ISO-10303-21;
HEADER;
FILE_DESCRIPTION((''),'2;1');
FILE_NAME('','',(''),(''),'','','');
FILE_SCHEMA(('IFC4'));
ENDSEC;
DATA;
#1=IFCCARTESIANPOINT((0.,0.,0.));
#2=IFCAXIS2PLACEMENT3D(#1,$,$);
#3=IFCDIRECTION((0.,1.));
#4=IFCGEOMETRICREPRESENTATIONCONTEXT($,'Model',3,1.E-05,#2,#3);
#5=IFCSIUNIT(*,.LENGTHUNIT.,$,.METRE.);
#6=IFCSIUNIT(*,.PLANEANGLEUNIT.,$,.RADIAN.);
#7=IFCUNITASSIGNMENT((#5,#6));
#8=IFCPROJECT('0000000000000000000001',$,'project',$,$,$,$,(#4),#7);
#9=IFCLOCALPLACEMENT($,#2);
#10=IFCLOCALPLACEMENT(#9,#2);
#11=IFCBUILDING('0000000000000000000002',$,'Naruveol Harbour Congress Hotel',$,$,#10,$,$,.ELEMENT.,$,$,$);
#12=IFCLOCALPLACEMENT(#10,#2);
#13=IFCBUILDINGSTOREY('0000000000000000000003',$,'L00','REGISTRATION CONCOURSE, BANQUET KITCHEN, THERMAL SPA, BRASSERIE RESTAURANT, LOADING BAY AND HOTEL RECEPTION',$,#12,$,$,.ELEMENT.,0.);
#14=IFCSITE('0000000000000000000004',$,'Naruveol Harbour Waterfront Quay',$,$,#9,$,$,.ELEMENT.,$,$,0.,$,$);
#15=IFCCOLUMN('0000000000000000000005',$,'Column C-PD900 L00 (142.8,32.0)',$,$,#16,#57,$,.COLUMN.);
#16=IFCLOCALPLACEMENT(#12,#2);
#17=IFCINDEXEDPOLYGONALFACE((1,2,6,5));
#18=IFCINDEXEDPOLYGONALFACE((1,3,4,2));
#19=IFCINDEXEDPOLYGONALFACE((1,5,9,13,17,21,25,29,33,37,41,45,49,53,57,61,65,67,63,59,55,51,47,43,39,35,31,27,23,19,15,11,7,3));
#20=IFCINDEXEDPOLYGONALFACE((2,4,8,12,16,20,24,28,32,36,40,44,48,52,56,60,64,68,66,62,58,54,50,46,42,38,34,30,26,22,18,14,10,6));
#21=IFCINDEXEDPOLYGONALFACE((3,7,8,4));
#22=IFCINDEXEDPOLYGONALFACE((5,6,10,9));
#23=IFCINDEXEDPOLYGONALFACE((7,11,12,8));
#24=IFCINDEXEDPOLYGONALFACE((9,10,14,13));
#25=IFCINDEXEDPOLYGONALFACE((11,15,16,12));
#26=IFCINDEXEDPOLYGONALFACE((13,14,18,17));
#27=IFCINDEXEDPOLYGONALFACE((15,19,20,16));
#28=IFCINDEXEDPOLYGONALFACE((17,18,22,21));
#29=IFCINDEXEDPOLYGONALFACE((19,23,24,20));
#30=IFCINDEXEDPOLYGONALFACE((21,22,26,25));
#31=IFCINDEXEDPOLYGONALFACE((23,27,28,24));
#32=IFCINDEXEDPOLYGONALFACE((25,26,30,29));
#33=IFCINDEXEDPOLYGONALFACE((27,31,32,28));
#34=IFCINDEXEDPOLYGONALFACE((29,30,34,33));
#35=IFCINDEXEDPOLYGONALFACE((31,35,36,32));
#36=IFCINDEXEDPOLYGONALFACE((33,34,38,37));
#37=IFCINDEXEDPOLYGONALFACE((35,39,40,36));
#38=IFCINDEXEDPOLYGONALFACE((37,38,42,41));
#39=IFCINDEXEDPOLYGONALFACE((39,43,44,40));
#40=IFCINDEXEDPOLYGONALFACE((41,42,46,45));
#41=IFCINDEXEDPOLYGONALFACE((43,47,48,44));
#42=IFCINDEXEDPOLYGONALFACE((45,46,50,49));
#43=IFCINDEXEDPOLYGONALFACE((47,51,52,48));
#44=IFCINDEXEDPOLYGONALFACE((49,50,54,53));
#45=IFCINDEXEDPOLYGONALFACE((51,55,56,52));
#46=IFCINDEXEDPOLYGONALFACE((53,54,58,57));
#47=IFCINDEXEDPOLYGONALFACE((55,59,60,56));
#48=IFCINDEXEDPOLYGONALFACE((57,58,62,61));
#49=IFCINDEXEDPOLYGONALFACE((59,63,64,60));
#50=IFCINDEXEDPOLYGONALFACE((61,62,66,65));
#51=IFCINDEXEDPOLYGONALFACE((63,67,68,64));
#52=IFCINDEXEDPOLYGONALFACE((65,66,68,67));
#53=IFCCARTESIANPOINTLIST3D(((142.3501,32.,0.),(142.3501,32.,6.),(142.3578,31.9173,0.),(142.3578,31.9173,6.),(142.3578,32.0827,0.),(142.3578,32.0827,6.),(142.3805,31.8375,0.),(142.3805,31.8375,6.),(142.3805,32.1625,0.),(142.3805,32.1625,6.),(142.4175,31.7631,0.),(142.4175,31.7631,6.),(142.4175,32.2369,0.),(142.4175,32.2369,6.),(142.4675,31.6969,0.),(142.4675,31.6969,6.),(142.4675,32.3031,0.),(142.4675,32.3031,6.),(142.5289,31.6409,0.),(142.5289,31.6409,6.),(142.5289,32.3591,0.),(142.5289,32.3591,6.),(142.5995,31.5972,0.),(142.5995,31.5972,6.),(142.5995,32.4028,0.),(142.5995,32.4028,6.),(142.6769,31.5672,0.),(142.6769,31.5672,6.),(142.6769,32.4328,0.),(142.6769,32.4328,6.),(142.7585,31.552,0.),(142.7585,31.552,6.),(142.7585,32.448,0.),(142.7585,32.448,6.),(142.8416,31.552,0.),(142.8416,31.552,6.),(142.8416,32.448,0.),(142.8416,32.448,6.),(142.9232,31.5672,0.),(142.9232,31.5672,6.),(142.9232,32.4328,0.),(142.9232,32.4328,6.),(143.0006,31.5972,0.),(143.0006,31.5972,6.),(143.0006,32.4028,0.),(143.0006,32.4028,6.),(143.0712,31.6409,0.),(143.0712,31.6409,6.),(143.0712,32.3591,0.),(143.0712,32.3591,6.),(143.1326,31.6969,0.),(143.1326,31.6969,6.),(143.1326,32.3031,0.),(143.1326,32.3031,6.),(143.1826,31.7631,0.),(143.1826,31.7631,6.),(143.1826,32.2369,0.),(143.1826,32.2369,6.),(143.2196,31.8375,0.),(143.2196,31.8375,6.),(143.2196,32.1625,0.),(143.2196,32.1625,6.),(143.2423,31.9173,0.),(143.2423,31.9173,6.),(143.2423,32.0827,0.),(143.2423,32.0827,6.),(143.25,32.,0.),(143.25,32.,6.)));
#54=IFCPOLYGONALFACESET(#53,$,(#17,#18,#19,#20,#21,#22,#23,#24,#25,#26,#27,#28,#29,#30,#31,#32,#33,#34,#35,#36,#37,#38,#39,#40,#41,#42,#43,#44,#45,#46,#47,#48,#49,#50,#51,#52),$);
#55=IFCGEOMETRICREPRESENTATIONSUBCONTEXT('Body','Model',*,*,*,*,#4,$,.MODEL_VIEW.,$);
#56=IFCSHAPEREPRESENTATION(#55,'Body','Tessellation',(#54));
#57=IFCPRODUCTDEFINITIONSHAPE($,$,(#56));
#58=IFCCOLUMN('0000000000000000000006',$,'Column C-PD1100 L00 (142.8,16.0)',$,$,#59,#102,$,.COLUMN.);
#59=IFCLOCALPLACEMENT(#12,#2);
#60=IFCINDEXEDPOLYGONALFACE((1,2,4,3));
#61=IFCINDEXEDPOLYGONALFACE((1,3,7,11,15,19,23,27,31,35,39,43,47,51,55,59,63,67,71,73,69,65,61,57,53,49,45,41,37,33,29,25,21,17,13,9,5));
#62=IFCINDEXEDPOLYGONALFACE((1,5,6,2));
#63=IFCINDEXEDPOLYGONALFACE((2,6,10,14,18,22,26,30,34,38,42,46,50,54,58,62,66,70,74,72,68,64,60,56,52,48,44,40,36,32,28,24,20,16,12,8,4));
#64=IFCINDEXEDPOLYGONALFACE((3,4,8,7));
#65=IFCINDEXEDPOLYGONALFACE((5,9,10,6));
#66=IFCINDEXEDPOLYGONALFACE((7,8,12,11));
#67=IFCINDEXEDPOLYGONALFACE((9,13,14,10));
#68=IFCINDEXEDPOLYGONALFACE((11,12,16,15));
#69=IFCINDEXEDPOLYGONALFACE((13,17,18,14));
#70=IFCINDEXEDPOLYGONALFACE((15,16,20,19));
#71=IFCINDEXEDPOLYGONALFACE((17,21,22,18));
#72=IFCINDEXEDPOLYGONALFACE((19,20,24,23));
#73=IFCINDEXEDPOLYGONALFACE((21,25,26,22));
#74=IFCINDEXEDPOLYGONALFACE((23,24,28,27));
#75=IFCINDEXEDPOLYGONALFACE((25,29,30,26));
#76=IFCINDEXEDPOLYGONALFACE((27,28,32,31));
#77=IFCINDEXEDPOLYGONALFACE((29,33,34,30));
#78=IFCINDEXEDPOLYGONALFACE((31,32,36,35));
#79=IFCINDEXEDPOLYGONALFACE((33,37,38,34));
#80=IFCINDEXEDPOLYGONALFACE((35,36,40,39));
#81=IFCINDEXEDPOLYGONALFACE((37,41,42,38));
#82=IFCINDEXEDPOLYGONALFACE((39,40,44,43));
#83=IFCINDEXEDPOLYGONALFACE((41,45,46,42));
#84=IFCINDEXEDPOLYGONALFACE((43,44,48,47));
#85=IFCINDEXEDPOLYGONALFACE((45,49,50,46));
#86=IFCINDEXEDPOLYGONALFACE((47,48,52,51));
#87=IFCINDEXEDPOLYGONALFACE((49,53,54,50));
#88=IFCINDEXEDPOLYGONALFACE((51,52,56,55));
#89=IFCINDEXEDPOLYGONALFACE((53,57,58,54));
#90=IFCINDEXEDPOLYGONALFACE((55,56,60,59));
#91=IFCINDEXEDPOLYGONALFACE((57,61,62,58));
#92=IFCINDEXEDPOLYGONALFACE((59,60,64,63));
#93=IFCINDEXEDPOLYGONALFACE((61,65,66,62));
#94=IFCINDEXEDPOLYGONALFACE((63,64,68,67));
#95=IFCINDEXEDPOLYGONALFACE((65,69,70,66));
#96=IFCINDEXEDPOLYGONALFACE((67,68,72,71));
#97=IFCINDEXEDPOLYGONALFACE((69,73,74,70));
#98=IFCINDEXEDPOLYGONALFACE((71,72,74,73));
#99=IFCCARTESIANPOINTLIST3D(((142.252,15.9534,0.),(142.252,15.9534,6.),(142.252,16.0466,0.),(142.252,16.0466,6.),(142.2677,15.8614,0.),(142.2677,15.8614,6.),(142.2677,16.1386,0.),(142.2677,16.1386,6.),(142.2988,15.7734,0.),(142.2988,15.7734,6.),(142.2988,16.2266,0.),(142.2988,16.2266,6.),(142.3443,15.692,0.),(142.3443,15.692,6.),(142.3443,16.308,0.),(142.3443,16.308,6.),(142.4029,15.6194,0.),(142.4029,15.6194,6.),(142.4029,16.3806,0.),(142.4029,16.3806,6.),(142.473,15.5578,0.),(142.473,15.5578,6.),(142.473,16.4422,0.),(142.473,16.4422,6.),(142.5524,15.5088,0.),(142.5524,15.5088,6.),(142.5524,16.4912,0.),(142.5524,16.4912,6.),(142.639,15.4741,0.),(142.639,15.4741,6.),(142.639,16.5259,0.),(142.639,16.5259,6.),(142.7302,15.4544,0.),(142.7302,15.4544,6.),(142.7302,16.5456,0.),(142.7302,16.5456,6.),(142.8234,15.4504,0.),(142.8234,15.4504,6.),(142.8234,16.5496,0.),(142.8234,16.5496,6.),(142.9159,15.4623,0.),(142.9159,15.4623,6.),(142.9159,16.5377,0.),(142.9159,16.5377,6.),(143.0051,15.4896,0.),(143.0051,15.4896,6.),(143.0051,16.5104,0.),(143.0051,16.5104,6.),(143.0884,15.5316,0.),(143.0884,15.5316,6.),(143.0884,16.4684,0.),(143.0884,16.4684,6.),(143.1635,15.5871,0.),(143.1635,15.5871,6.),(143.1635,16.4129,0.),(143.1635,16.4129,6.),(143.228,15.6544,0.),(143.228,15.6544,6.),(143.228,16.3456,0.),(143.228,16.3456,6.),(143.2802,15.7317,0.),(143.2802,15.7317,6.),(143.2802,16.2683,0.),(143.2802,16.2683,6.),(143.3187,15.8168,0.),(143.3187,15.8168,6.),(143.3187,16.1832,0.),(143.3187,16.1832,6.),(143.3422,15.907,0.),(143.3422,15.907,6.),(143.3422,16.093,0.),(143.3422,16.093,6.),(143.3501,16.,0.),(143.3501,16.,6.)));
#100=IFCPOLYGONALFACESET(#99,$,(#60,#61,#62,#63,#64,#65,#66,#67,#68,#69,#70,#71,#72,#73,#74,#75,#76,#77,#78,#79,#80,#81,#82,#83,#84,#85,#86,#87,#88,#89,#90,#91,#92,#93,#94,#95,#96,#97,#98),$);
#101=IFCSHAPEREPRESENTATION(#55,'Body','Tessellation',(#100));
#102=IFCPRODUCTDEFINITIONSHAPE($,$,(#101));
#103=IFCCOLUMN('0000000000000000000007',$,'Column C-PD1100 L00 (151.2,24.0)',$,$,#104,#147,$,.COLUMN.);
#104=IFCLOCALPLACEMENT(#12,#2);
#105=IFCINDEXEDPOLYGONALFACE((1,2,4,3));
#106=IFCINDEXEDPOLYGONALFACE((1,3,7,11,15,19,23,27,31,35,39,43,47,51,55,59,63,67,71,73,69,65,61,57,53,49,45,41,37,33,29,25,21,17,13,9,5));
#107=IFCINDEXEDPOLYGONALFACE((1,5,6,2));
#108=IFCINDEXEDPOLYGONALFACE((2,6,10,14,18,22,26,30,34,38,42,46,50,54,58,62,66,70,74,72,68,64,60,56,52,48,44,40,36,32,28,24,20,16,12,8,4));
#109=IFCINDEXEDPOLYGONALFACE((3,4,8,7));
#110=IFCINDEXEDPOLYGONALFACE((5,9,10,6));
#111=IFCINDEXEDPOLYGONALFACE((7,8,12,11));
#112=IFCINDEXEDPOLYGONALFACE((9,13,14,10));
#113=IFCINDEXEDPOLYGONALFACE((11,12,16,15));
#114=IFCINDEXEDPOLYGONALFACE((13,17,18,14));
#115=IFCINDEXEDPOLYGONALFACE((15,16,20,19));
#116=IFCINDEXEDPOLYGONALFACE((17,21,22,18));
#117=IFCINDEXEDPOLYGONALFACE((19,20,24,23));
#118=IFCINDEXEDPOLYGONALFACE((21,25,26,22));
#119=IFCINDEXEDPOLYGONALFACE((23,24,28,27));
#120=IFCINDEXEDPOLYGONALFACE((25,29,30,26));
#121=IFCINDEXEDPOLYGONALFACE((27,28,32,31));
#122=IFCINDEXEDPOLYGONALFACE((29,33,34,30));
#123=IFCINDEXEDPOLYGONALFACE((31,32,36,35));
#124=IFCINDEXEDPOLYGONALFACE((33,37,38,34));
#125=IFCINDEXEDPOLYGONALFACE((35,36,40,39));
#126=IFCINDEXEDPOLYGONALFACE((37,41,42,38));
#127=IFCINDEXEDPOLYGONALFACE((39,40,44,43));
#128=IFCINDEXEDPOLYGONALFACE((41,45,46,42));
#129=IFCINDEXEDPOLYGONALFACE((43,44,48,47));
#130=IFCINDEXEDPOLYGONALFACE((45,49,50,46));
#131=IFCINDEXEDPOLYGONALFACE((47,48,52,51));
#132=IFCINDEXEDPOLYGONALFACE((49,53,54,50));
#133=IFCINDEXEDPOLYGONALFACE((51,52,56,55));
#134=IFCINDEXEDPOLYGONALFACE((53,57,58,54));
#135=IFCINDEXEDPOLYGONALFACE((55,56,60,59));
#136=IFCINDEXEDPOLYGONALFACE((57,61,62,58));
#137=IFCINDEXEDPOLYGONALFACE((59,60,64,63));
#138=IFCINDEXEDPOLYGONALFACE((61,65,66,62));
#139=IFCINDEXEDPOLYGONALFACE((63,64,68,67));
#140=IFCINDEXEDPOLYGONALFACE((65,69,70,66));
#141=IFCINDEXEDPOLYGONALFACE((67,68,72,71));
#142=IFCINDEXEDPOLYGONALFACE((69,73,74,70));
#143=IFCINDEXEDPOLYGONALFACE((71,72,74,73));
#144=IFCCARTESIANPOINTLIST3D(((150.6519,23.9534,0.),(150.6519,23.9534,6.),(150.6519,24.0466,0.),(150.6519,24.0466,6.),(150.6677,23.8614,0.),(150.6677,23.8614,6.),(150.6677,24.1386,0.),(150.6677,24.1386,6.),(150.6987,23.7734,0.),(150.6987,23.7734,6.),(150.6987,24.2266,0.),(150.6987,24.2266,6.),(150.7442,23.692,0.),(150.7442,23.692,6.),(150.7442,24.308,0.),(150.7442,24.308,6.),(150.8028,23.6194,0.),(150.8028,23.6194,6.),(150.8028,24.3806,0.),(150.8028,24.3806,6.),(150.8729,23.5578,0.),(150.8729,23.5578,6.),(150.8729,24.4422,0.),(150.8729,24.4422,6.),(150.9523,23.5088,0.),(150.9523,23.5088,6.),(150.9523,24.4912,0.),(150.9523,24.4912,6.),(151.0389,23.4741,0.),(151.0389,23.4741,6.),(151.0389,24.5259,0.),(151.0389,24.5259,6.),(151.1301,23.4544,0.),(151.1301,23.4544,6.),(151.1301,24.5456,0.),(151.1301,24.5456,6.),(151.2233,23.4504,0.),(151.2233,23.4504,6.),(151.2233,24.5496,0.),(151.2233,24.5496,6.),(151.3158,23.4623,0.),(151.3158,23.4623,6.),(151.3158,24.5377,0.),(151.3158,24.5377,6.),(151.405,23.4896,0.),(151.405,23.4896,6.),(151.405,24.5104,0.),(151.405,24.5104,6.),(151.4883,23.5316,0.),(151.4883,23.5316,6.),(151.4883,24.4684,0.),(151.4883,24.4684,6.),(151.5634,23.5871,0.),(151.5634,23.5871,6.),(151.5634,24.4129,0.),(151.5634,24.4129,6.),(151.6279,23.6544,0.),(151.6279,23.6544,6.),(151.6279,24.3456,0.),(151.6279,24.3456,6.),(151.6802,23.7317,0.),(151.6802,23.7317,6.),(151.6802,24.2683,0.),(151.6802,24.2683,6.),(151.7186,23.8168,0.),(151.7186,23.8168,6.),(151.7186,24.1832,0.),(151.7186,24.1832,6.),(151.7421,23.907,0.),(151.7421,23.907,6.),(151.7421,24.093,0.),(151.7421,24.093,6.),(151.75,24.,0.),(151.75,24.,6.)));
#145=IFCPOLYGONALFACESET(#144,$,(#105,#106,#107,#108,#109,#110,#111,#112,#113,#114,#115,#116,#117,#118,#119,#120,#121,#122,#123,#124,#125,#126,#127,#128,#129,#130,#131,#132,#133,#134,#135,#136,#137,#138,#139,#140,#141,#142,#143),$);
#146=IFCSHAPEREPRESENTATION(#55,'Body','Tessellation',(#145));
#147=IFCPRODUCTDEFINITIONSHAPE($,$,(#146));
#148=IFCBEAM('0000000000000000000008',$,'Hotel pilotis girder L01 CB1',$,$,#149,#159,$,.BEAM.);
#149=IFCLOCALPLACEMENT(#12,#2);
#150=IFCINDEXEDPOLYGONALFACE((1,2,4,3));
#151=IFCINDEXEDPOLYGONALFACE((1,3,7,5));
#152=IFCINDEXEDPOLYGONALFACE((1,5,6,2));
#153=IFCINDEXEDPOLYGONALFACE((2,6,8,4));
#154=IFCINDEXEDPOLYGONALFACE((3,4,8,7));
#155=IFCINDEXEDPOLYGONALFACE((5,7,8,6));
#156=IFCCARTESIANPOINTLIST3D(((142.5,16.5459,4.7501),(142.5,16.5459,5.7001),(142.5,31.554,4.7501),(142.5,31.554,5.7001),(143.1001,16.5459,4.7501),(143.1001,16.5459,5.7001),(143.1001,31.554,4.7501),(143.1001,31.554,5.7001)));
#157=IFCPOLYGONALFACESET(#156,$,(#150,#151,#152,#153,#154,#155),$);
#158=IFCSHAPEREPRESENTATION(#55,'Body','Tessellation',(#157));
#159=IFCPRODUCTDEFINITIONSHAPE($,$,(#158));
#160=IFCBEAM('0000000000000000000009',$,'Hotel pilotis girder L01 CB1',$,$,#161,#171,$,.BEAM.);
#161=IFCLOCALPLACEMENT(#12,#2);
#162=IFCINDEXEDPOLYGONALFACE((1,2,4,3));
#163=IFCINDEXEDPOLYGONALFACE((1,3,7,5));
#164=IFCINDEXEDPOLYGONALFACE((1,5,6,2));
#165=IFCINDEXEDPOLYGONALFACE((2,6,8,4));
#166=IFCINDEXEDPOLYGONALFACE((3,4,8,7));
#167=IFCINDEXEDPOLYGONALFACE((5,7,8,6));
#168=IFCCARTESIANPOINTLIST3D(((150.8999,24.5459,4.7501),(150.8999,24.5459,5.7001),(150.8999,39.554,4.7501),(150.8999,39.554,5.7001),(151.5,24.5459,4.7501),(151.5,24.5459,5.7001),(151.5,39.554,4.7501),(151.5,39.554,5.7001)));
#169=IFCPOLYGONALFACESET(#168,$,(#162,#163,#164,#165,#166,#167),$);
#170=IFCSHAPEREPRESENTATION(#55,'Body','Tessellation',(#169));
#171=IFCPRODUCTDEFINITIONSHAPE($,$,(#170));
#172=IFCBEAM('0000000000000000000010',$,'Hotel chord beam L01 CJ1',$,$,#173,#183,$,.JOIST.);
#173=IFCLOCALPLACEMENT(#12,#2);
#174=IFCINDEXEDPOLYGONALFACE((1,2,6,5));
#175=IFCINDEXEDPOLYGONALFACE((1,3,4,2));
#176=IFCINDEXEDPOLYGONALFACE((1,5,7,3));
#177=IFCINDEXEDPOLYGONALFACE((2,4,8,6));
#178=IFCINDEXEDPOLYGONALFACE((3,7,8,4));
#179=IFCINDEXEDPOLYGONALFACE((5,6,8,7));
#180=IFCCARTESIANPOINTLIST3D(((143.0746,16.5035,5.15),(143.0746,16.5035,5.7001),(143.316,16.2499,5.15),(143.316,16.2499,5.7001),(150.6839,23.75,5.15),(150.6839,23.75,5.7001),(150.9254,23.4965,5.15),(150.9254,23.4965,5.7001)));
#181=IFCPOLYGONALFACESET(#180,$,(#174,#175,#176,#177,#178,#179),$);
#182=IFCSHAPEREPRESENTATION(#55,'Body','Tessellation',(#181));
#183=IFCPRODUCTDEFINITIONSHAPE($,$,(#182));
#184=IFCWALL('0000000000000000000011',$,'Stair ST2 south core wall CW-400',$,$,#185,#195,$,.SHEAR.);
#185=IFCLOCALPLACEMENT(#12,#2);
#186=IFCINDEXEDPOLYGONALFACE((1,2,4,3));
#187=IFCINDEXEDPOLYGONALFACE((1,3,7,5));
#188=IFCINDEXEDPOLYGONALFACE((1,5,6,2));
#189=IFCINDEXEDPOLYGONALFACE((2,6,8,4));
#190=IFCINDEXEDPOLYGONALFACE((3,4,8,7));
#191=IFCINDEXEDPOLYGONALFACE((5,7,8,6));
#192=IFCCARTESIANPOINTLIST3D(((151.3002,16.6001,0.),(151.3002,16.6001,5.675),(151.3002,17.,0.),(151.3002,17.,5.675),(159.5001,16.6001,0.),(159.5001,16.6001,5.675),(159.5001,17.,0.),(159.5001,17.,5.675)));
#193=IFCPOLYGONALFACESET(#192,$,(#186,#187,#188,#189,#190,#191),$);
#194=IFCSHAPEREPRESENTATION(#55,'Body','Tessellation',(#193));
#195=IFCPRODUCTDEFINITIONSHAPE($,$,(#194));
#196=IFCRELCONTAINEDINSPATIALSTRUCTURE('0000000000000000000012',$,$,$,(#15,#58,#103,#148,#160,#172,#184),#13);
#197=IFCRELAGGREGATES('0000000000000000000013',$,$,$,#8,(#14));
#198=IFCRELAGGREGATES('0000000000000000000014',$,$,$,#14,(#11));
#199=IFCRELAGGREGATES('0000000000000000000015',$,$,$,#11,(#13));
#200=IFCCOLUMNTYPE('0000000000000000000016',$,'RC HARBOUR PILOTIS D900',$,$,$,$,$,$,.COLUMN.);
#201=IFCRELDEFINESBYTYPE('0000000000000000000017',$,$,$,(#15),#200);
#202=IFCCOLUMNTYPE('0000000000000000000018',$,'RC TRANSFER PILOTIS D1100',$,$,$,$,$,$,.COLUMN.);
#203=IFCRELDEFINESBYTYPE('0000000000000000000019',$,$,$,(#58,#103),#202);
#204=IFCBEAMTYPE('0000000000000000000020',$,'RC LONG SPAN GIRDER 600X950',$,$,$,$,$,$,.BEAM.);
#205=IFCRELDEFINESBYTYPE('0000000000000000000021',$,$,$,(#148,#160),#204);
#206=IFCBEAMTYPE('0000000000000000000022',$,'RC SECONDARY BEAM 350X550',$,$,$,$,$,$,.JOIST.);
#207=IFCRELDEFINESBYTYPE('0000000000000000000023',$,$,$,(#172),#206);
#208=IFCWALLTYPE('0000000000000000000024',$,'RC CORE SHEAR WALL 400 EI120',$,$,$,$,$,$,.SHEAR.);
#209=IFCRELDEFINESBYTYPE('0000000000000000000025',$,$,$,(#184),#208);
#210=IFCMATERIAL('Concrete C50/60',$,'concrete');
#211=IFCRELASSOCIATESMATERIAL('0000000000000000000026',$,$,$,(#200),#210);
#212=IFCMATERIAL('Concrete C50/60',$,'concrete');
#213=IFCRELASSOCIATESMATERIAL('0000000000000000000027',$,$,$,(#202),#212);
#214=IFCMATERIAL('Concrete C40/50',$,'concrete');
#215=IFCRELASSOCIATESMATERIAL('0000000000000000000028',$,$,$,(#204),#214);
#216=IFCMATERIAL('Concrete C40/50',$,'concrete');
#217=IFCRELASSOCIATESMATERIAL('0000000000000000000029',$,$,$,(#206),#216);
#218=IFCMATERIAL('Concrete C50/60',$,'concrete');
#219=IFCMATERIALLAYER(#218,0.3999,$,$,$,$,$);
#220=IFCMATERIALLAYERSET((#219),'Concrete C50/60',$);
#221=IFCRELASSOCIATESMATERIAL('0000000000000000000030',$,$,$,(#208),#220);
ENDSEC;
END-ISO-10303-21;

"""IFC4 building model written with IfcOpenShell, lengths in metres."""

from ifc_helpers import new_model, si_unit, direction, frame, frame_2d, origin, origin_2d, place, context, subcontext, project, spatial, rectangle, circle, extrude, material, layer, layer_set, material_profile, profile_set, type_object, element, save


model = new_model("IFC4")

# Units and contexts
model_context = context("Model", 3, precision=1e-05, world=origin(), true_north=direction((0.0, 1.0)))
body_context = subcontext(model_context, "Body", "Model", "MODEL_VIEW")
ifc_project = project(units=[si_unit("LENGTHUNIT", "METRE"), si_unit("PLANEANGLEUNIT", "RADIAN")], contexts=[model_context])

# Site, building, storey
site_placement = place(None, origin())
site = spatial("IfcSite", under=ifc_project, at=site_placement, Name="Naruveol Harbour Waterfront Quay", CompositionType="ELEMENT", RefElevation=0.0)
building_placement = place(site_placement, origin())
building = spatial("IfcBuilding", under=site, at=building_placement, Name="Naruveol Harbour Congress Hotel", CompositionType="ELEMENT")
storey_placement = place(building_placement, origin())
storey = spatial("IfcBuildingStorey", under=building, at=storey_placement, Name="L00", Description="REGISTRATION CONCOURSE, BANQUET KITCHEN, THERMAL SPA, BRASSERIE RESTAURANT, LOADING BAY AND HOTEL RECEPTION", CompositionType="ELEMENT", Elevation=0.0)

# Columns
ifc_material_1 = material(Name="Concrete C50/60", Category="concrete")
ifc_material_profile_1 = material_profile(ifc_material_1, circle(Radius=0.45, at=origin_2d()), Name="RC-D900")
ifc_profile_set_1 = profile_set([ifc_material_profile_1], Name="Concrete C50/60")
column_type_1 = type_object("IfcColumnType", Name="RC HARBOUR PILOTIS D900", PredefinedType="COLUMN", material=ifc_profile_set_1)
column_placement = place(storey_placement, frame((142.8, 32.0, 0.0), z_axis=(0.0, 0.0, 1.0), x_axis=(1.0, 0.0, 0.0)))
element("IfcColumn", 1, at=column_placement, inside=storey, type_object=column_type_1, Name="Column C-PD900 L00 (142.8,32.0)", PredefinedType="COLUMN", context=body_context, shape_type="SweptSolid", body=[
    extrude(circle(Radius=0.45, at=origin_2d()), origin(), (0.0, 0.0, 1.0), 6.0),
])
ifc_material_2 = material(Name="Concrete C50/60", Category="concrete")
ifc_material_profile_2 = material_profile(ifc_material_2, circle(Radius=0.55, at=origin_2d()), Name="RC-D1100")
ifc_profile_set_2 = profile_set([ifc_material_profile_2], Name="Concrete C50/60")
column_type_2 = type_object("IfcColumnType", Name="RC TRANSFER PILOTIS D1100", PredefinedType="COLUMN", material=ifc_profile_set_2)
for number, where, z_axis, x_axis, name in (
    (2, (142.8, 16.0, 0.0), (0.0, 0.0, 1.0), (1.0, 0.0, 0.0), "Column C-PD1100 L00 (142.8,16.0)"),
    (3, (151.2, 24.0, 0.0), (0.0, 0.0, 1.0), (1.0, 0.0, 0.0), "Column C-PD1100 L00 (151.2,24.0)"),
):
    element("IfcColumn", number, at=place(storey_placement, frame(where, z_axis=z_axis, x_axis=x_axis)), inside=storey, type_object=column_type_2, Name=name, PredefinedType="COLUMN", context=body_context, shape_type="SweptSolid", body=[
        extrude(circle(Radius=0.55, at=origin_2d()), origin(), (0.0, 0.0, 1.0), 6.0),
    ])

# Beams
ifc_material_3 = material(Name="Concrete C40/50", Category="concrete")
ifc_material_profile_3 = material_profile(ifc_material_3, rectangle(XDim=0.6001, YDim=0.95, at=origin_2d()), Name="RCB-600x950")
ifc_profile_set_3 = profile_set([ifc_material_profile_3], Name="Concrete C40/50")
beam_type_1 = type_object("IfcBeamType", Name="RC LONG SPAN GIRDER 600X950", PredefinedType="BEAM", material=ifc_profile_set_3)
for number, where, z_axis, x_axis, name in (
    (4, (142.8, 16.5459, 5.2251), (0.0, 1.0, 0.0), (-1.0, 0.0, 0.0), "Hotel pilotis girder L01 CB1"),
    (5, (151.2, 24.5459, 5.2251), (0.0, 1.0, 0.0), (-1.0, 0.0, 0.0), "Hotel pilotis girder L01 CB1"),
):
    element("IfcBeam", number, at=place(storey_placement, frame(where, z_axis=z_axis, x_axis=x_axis)), inside=storey, type_object=beam_type_1, Name=name, PredefinedType="BEAM", context=body_context, shape_type="SweptSolid", body=[
        extrude(rectangle(XDim=0.6001, YDim=0.95, at=origin_2d()), origin(), (0.0, 0.0, 1.0), 15.0081),
    ])
ifc_material_4 = material(Name="Concrete C40/50", Category="concrete")
ifc_material_profile_4 = material_profile(ifc_material_4, rectangle(XDim=0.3501, YDim=0.55, at=origin_2d()), Name="RCB-350x550")
ifc_profile_set_4 = profile_set([ifc_material_profile_4], Name="Concrete C40/50")
beam_type_2 = type_object("IfcBeamType", Name="RC SECONDARY BEAM 350X550", PredefinedType="JOIST", material=ifc_profile_set_4)
beam_placement = place(storey_placement, frame((143.1953, 16.3767, 5.425), z_axis=(0.724159, 0.689633, 0.0), x_axis=(-0.689633, 0.724159, 0.0)))
element("IfcBeam", 6, at=beam_placement, inside=storey, type_object=beam_type_2, Name="Hotel chord beam L01 CJ1", PredefinedType="JOIST", context=body_context, shape_type="SweptSolid", body=[
    extrude(rectangle(XDim=0.3501, YDim=0.55, at=origin_2d()), origin(), (0.0, 0.0, 1.0), 10.5078),
])

# Wall
ifc_material_5 = material(Name="Concrete C50/60", Category="concrete")
ifc_layer_1 = layer(ifc_material_5, 0.3999)
ifc_layer_set_1 = layer_set([ifc_layer_1], Name="Concrete C50/60")
wall_type_1 = type_object("IfcWallType", Name="RC CORE SHEAR WALL 400 EI120", PredefinedType="SHEAR", material=ifc_layer_set_1)
wall_1_placement = place(storey_placement, frame((151.3, 16.8, 0.0), z_axis=(0.0, 0.0, 1.0), x_axis=(1.0, 0.0, 0.0)))
element("IfcWall", 7, at=wall_1_placement, inside=storey, type_object=wall_type_1, Name="Stair ST2 south core wall CW-400", PredefinedType="SHEAR", context=body_context, shape_type="SweptSolid", body=[
    extrude(rectangle(XDim=8.2, YDim=0.3999, at=frame_2d((4.1001, 0.0))), origin(), (0.0, 0.0, 1.0), 5.675),
])

save(model, "model.ifc")
